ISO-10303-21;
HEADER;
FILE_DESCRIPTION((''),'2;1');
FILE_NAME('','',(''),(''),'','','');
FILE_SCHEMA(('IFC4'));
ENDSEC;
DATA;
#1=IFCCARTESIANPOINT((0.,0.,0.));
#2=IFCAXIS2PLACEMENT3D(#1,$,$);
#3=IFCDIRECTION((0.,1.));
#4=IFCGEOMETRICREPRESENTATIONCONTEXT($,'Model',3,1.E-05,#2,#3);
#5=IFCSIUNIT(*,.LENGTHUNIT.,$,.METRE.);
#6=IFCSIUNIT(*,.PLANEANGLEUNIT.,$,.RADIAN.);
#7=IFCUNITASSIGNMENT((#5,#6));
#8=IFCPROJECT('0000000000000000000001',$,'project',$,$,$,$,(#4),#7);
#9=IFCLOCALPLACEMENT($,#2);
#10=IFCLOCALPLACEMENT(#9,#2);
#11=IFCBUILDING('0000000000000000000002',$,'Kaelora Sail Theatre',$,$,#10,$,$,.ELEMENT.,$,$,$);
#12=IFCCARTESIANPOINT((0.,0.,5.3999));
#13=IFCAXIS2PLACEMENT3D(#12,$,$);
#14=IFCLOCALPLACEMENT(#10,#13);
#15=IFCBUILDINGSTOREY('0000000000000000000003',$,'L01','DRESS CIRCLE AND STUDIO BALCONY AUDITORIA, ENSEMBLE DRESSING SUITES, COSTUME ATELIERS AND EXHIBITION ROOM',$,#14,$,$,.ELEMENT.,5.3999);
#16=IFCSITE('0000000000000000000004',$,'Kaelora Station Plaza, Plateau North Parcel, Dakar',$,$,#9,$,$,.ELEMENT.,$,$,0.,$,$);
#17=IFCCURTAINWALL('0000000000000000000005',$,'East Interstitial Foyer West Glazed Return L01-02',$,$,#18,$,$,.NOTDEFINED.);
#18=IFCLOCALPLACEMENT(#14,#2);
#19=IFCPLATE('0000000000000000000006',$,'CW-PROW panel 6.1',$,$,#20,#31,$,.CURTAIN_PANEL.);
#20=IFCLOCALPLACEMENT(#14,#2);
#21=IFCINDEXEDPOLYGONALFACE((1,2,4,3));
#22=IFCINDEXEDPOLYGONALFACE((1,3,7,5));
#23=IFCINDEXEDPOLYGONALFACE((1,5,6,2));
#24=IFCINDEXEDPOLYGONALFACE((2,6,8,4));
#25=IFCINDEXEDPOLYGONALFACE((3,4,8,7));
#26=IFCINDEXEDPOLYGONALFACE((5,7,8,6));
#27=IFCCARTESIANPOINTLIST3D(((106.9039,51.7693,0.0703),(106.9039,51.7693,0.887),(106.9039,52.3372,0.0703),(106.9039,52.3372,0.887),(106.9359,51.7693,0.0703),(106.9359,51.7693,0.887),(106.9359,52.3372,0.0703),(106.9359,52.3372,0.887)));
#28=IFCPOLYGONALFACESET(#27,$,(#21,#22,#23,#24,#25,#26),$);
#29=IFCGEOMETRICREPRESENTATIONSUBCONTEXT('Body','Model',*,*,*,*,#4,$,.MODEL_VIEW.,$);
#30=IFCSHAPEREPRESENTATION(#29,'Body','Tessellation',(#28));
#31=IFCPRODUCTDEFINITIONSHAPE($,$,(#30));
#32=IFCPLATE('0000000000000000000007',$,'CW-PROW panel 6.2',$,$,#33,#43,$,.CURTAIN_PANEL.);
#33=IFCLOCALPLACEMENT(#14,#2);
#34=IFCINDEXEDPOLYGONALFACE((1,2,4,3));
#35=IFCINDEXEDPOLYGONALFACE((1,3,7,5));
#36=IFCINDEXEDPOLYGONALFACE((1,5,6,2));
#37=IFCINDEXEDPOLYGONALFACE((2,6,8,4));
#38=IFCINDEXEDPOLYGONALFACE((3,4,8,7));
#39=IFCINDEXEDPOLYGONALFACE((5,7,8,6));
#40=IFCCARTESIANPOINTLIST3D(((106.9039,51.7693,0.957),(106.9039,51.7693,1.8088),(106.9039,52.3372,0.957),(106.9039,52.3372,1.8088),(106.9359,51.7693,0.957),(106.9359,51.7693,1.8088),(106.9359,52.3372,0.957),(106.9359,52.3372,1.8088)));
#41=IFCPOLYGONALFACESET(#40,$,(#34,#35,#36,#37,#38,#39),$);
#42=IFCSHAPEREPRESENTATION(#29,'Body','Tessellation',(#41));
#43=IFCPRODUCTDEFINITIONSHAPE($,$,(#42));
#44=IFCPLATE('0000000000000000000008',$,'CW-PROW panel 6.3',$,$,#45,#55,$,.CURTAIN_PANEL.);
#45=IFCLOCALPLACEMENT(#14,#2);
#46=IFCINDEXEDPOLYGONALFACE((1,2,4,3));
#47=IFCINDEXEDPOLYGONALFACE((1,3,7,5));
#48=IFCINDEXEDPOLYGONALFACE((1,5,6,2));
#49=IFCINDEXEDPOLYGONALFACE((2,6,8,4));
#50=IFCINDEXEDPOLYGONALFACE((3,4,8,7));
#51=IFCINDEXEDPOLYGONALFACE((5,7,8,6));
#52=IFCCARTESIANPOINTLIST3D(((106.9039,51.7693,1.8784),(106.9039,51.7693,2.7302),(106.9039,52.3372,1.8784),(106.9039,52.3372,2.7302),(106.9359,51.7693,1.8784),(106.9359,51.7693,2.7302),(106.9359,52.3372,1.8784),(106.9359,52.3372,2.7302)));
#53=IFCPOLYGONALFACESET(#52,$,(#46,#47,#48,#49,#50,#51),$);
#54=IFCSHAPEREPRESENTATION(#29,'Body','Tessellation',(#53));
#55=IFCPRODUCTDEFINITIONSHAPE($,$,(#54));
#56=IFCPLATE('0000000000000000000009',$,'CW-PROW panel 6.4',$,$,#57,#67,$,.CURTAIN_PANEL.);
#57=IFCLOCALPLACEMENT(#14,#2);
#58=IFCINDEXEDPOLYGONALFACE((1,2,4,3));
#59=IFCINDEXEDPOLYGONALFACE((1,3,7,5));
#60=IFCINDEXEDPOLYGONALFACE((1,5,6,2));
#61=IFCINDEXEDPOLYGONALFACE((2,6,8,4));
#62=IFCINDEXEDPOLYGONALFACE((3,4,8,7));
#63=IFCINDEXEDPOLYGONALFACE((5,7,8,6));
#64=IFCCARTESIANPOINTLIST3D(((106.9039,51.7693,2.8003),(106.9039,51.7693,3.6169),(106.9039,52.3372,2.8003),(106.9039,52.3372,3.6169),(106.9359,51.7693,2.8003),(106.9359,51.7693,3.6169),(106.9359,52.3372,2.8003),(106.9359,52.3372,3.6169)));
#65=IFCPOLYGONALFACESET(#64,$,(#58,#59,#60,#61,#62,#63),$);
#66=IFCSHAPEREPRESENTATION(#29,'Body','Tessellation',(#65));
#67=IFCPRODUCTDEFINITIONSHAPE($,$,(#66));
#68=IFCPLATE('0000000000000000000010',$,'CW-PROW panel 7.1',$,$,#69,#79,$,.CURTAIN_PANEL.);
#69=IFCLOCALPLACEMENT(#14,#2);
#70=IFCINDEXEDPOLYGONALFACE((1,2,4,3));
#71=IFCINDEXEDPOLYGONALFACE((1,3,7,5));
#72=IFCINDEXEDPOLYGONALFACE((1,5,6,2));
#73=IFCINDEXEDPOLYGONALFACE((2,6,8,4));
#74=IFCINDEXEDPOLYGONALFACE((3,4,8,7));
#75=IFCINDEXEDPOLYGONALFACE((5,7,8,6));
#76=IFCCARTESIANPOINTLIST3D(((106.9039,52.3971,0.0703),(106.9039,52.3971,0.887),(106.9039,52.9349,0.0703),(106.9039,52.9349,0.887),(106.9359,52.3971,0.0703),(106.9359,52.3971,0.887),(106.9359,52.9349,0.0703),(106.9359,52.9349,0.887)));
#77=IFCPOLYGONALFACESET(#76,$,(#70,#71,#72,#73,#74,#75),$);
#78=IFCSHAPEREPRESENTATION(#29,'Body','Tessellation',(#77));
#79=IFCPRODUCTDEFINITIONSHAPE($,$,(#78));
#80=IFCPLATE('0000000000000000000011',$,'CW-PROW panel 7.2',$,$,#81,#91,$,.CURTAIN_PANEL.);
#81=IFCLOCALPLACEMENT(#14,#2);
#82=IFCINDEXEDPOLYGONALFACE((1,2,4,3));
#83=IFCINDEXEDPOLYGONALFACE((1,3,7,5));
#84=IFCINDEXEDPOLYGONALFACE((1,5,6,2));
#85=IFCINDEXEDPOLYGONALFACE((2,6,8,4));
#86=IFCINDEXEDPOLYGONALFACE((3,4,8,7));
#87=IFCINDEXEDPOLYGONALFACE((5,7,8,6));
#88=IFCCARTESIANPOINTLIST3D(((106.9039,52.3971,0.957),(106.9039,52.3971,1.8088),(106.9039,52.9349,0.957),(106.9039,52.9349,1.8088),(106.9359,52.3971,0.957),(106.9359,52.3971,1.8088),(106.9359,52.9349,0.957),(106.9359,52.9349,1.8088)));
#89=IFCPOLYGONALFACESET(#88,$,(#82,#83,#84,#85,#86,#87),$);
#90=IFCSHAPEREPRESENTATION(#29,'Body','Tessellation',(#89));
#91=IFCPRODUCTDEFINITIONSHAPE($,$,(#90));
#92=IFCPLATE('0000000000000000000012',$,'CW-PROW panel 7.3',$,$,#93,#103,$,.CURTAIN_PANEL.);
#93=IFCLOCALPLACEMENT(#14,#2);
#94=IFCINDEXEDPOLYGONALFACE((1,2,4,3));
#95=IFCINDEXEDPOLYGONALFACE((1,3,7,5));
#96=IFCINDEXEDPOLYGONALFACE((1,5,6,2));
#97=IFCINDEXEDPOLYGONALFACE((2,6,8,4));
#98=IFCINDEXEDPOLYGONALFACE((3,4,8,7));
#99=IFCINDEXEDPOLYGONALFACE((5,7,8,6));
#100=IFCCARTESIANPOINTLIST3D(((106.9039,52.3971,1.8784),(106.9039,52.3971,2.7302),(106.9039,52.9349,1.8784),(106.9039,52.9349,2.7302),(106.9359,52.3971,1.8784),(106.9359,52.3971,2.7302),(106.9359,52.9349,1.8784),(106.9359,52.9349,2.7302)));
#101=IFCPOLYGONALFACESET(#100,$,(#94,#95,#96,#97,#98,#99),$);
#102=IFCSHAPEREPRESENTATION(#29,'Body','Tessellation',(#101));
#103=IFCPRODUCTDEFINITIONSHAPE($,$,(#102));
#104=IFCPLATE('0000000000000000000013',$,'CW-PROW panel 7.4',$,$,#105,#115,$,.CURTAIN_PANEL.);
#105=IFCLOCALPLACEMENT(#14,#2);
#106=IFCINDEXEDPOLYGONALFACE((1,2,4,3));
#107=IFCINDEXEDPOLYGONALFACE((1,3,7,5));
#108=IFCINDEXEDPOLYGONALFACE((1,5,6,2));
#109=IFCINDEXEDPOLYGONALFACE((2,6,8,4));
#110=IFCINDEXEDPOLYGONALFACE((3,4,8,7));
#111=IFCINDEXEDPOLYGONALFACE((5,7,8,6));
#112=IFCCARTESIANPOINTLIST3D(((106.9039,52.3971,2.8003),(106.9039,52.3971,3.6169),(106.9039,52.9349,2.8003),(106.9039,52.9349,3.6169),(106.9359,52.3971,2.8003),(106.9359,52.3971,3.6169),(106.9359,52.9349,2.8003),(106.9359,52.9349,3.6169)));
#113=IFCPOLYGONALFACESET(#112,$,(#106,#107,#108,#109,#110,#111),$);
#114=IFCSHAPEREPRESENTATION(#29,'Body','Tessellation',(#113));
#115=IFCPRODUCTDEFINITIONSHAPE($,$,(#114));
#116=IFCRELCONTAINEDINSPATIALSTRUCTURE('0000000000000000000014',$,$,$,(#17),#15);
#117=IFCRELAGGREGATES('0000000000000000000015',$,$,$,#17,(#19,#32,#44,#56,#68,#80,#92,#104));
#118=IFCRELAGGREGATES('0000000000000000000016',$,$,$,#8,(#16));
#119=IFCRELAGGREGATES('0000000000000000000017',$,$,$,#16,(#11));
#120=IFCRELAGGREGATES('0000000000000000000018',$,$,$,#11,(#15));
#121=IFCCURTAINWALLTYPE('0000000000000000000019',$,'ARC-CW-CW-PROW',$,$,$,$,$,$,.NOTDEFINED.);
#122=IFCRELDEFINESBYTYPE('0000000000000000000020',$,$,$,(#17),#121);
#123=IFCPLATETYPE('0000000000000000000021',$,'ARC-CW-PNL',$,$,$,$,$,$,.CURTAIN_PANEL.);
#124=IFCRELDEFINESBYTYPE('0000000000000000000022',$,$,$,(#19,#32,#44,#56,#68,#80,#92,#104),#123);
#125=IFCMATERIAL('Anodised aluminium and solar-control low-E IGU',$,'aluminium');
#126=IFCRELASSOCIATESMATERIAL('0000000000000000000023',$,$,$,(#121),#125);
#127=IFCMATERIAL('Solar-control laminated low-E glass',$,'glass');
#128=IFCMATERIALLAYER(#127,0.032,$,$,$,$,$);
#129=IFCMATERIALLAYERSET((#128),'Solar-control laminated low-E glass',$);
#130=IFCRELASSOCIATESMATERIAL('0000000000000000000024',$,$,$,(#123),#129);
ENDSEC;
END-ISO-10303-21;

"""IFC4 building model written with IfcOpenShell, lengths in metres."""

from ifc_helpers import new_model, si_unit, direction, frame, origin, origin_2d, place, context, subcontext, project, spatial, rectangle, extrude, material, layer, layer_set, type_object, element, aggregate, save


model = new_model("IFC4")

# Units and contexts
model_context = context("Model", 3, precision=1e-05, world=origin(), true_north=direction((0.0, 1.0)))
body_context = subcontext(model_context, "Body", "Model", "MODEL_VIEW")
ifc_project = project(units=[si_unit("LENGTHUNIT", "METRE"), si_unit("PLANEANGLEUNIT", "RADIAN")], contexts=[model_context])

# Site, building, storey
site_placement = place(None, origin())
site = spatial("IfcSite", under=ifc_project, at=site_placement, Name="Kaelora Station Plaza, Plateau North Parcel, Dakar", CompositionType="ELEMENT", RefElevation=0.0)
building_placement = place(site_placement, origin())
building = spatial("IfcBuilding", under=site, at=building_placement, Name="Kaelora Sail Theatre", CompositionType="ELEMENT")
storey_placement = place(building_placement, frame((0.0, 0.0, 5.3999)))
storey = spatial("IfcBuildingStorey", under=building, at=storey_placement, Name="L01", Description="DRESS CIRCLE AND STUDIO BALCONY AUDITORIA, ENSEMBLE DRESSING SUITES, COSTUME ATELIERS AND EXHIBITION ROOM", CompositionType="ELEMENT", Elevation=5.3999)

# Curtain wall
ifc_material_1 = material(Name="Anodised aluminium and solar-control low-E IGU", Category="aluminium")
curtain_wall_type = type_object("IfcCurtainWallType", Name="ARC-CW-CW-PROW", PredefinedType="NOTDEFINED", material=ifc_material_1)
curtain_wall_placement = place(storey_placement, origin())
curtain_wall = element("IfcCurtainWall", 1, at=curtain_wall_placement, inside=storey, type_object=curtain_wall_type, Name="East Interstitial Foyer West Glazed Return L01-02", PredefinedType="NOTDEFINED")

# Plates
ifc_material_2 = material(Name="Solar-control laminated low-E glass", Category="glass")
ifc_layer = layer(ifc_material_2, 0.032)
ifc_layer_set = layer_set([ifc_layer], Name="Solar-control laminated low-E glass")
plate_type = type_object("IfcPlateType", Name="ARC-CW-PNL", PredefinedType="CURTAIN_PANEL", material=ifc_layer_set)
plate_1_placement = place(storey_placement, frame((106.9199, 52.0532, 0.0703), z_axis=(0.0, 0.0, 1.0), x_axis=(0.0, 1.0, 0.0)))
plate_1 = element("IfcPlate", 2, at=plate_1_placement, type_object=plate_type, Name="CW-PROW panel 6.1", PredefinedType="CURTAIN_PANEL", context=body_context, shape_type="SweptSolid", body=[
    extrude(rectangle(XDim=0.5679, YDim=0.032, at=origin_2d()), origin(), (0.0, 0.0, 1.0), 0.8167),
])
plate_2_placement = place(storey_placement, frame((106.9199, 52.0532, 0.957), z_axis=(0.0, 0.0, 1.0), x_axis=(0.0, 1.0, 0.0)))
plate_2 = element("IfcPlate", 3, at=plate_2_placement, type_object=plate_type, Name="CW-PROW panel 6.2", PredefinedType="CURTAIN_PANEL", context=body_context, shape_type="SweptSolid", body=[
    extrude(rectangle(XDim=0.5679, YDim=0.032, at=origin_2d()), origin(), (0.0, 0.0, 1.0), 0.8518),
])
plate_3_placement = place(storey_placement, frame((106.9199, 52.0532, 1.8784), z_axis=(0.0, 0.0, 1.0), x_axis=(0.0, 1.0, 0.0)))
plate_3 = element("IfcPlate", 4, at=plate_3_placement, type_object=plate_type, Name="CW-PROW panel 6.3", PredefinedType="CURTAIN_PANEL", context=body_context, shape_type="SweptSolid", body=[
    extrude(rectangle(XDim=0.5679, YDim=0.032, at=origin_2d()), origin(), (0.0, 0.0, 1.0), 0.8518),
])
plate_4_placement = place(storey_placement, frame((106.9199, 52.0532, 2.8003), z_axis=(0.0, 0.0, 1.0), x_axis=(0.0, 1.0, 0.0)))
plate_4 = element("IfcPlate", 5, at=plate_4_placement, type_object=plate_type, Name="CW-PROW panel 6.4", PredefinedType="CURTAIN_PANEL", context=body_context, shape_type="SweptSolid", body=[
    extrude(rectangle(XDim=0.5679, YDim=0.032, at=origin_2d()), origin(), (0.0, 0.0, 1.0), 0.8167),
])
plate_5_placement = place(storey_placement, frame((106.9199, 52.666, 0.0703), z_axis=(0.0, 0.0, 1.0), x_axis=(0.0, 1.0, 0.0)))
plate_5 = element("IfcPlate", 6, at=plate_5_placement, type_object=plate_type, Name="CW-PROW panel 7.1", PredefinedType="CURTAIN_PANEL", context=body_context, shape_type="SweptSolid", body=[
    extrude(rectangle(XDim=0.5378, YDim=0.032, at=origin_2d()), origin(), (0.0, 0.0, 1.0), 0.8167),
])
plate_6_placement = place(storey_placement, frame((106.9199, 52.666, 0.957), z_axis=(0.0, 0.0, 1.0), x_axis=(0.0, 1.0, 0.0)))
plate_6 = element("IfcPlate", 7, at=plate_6_placement, type_object=plate_type, Name="CW-PROW panel 7.2", PredefinedType="CURTAIN_PANEL", context=body_context, shape_type="SweptSolid", body=[
    extrude(rectangle(XDim=0.5378, YDim=0.032, at=origin_2d()), origin(), (0.0, 0.0, 1.0), 0.8518),
])
plate_7_placement = place(storey_placement, frame((106.9199, 52.666, 1.8784), z_axis=(0.0, 0.0, 1.0), x_axis=(0.0, 1.0, 0.0)))
plate_7 = element("IfcPlate", 8, at=plate_7_placement, type_object=plate_type, Name="CW-PROW panel 7.3", PredefinedType="CURTAIN_PANEL", context=body_context, shape_type="SweptSolid", body=[
    extrude(rectangle(XDim=0.5378, YDim=0.032, at=origin_2d()), origin(), (0.0, 0.0, 1.0), 0.8518),
])
plate_8_placement = place(storey_placement, frame((106.9199, 52.666, 2.8003), z_axis=(0.0, 0.0, 1.0), x_axis=(0.0, 1.0, 0.0)))
plate_8 = element("IfcPlate", 9, at=plate_8_placement, type_object=plate_type, Name="CW-PROW panel 7.4", PredefinedType="CURTAIN_PANEL", context=body_context, shape_type="SweptSolid", body=[
    extrude(rectangle(XDim=0.5378, YDim=0.032, at=origin_2d()), origin(), (0.0, 0.0, 1.0), 0.8167),
])
aggregate(curtain_wall, [plate_1, plate_2, plate_3, plate_4, plate_5, plate_6, plate_7, plate_8])

save(model, "model.ifc")
